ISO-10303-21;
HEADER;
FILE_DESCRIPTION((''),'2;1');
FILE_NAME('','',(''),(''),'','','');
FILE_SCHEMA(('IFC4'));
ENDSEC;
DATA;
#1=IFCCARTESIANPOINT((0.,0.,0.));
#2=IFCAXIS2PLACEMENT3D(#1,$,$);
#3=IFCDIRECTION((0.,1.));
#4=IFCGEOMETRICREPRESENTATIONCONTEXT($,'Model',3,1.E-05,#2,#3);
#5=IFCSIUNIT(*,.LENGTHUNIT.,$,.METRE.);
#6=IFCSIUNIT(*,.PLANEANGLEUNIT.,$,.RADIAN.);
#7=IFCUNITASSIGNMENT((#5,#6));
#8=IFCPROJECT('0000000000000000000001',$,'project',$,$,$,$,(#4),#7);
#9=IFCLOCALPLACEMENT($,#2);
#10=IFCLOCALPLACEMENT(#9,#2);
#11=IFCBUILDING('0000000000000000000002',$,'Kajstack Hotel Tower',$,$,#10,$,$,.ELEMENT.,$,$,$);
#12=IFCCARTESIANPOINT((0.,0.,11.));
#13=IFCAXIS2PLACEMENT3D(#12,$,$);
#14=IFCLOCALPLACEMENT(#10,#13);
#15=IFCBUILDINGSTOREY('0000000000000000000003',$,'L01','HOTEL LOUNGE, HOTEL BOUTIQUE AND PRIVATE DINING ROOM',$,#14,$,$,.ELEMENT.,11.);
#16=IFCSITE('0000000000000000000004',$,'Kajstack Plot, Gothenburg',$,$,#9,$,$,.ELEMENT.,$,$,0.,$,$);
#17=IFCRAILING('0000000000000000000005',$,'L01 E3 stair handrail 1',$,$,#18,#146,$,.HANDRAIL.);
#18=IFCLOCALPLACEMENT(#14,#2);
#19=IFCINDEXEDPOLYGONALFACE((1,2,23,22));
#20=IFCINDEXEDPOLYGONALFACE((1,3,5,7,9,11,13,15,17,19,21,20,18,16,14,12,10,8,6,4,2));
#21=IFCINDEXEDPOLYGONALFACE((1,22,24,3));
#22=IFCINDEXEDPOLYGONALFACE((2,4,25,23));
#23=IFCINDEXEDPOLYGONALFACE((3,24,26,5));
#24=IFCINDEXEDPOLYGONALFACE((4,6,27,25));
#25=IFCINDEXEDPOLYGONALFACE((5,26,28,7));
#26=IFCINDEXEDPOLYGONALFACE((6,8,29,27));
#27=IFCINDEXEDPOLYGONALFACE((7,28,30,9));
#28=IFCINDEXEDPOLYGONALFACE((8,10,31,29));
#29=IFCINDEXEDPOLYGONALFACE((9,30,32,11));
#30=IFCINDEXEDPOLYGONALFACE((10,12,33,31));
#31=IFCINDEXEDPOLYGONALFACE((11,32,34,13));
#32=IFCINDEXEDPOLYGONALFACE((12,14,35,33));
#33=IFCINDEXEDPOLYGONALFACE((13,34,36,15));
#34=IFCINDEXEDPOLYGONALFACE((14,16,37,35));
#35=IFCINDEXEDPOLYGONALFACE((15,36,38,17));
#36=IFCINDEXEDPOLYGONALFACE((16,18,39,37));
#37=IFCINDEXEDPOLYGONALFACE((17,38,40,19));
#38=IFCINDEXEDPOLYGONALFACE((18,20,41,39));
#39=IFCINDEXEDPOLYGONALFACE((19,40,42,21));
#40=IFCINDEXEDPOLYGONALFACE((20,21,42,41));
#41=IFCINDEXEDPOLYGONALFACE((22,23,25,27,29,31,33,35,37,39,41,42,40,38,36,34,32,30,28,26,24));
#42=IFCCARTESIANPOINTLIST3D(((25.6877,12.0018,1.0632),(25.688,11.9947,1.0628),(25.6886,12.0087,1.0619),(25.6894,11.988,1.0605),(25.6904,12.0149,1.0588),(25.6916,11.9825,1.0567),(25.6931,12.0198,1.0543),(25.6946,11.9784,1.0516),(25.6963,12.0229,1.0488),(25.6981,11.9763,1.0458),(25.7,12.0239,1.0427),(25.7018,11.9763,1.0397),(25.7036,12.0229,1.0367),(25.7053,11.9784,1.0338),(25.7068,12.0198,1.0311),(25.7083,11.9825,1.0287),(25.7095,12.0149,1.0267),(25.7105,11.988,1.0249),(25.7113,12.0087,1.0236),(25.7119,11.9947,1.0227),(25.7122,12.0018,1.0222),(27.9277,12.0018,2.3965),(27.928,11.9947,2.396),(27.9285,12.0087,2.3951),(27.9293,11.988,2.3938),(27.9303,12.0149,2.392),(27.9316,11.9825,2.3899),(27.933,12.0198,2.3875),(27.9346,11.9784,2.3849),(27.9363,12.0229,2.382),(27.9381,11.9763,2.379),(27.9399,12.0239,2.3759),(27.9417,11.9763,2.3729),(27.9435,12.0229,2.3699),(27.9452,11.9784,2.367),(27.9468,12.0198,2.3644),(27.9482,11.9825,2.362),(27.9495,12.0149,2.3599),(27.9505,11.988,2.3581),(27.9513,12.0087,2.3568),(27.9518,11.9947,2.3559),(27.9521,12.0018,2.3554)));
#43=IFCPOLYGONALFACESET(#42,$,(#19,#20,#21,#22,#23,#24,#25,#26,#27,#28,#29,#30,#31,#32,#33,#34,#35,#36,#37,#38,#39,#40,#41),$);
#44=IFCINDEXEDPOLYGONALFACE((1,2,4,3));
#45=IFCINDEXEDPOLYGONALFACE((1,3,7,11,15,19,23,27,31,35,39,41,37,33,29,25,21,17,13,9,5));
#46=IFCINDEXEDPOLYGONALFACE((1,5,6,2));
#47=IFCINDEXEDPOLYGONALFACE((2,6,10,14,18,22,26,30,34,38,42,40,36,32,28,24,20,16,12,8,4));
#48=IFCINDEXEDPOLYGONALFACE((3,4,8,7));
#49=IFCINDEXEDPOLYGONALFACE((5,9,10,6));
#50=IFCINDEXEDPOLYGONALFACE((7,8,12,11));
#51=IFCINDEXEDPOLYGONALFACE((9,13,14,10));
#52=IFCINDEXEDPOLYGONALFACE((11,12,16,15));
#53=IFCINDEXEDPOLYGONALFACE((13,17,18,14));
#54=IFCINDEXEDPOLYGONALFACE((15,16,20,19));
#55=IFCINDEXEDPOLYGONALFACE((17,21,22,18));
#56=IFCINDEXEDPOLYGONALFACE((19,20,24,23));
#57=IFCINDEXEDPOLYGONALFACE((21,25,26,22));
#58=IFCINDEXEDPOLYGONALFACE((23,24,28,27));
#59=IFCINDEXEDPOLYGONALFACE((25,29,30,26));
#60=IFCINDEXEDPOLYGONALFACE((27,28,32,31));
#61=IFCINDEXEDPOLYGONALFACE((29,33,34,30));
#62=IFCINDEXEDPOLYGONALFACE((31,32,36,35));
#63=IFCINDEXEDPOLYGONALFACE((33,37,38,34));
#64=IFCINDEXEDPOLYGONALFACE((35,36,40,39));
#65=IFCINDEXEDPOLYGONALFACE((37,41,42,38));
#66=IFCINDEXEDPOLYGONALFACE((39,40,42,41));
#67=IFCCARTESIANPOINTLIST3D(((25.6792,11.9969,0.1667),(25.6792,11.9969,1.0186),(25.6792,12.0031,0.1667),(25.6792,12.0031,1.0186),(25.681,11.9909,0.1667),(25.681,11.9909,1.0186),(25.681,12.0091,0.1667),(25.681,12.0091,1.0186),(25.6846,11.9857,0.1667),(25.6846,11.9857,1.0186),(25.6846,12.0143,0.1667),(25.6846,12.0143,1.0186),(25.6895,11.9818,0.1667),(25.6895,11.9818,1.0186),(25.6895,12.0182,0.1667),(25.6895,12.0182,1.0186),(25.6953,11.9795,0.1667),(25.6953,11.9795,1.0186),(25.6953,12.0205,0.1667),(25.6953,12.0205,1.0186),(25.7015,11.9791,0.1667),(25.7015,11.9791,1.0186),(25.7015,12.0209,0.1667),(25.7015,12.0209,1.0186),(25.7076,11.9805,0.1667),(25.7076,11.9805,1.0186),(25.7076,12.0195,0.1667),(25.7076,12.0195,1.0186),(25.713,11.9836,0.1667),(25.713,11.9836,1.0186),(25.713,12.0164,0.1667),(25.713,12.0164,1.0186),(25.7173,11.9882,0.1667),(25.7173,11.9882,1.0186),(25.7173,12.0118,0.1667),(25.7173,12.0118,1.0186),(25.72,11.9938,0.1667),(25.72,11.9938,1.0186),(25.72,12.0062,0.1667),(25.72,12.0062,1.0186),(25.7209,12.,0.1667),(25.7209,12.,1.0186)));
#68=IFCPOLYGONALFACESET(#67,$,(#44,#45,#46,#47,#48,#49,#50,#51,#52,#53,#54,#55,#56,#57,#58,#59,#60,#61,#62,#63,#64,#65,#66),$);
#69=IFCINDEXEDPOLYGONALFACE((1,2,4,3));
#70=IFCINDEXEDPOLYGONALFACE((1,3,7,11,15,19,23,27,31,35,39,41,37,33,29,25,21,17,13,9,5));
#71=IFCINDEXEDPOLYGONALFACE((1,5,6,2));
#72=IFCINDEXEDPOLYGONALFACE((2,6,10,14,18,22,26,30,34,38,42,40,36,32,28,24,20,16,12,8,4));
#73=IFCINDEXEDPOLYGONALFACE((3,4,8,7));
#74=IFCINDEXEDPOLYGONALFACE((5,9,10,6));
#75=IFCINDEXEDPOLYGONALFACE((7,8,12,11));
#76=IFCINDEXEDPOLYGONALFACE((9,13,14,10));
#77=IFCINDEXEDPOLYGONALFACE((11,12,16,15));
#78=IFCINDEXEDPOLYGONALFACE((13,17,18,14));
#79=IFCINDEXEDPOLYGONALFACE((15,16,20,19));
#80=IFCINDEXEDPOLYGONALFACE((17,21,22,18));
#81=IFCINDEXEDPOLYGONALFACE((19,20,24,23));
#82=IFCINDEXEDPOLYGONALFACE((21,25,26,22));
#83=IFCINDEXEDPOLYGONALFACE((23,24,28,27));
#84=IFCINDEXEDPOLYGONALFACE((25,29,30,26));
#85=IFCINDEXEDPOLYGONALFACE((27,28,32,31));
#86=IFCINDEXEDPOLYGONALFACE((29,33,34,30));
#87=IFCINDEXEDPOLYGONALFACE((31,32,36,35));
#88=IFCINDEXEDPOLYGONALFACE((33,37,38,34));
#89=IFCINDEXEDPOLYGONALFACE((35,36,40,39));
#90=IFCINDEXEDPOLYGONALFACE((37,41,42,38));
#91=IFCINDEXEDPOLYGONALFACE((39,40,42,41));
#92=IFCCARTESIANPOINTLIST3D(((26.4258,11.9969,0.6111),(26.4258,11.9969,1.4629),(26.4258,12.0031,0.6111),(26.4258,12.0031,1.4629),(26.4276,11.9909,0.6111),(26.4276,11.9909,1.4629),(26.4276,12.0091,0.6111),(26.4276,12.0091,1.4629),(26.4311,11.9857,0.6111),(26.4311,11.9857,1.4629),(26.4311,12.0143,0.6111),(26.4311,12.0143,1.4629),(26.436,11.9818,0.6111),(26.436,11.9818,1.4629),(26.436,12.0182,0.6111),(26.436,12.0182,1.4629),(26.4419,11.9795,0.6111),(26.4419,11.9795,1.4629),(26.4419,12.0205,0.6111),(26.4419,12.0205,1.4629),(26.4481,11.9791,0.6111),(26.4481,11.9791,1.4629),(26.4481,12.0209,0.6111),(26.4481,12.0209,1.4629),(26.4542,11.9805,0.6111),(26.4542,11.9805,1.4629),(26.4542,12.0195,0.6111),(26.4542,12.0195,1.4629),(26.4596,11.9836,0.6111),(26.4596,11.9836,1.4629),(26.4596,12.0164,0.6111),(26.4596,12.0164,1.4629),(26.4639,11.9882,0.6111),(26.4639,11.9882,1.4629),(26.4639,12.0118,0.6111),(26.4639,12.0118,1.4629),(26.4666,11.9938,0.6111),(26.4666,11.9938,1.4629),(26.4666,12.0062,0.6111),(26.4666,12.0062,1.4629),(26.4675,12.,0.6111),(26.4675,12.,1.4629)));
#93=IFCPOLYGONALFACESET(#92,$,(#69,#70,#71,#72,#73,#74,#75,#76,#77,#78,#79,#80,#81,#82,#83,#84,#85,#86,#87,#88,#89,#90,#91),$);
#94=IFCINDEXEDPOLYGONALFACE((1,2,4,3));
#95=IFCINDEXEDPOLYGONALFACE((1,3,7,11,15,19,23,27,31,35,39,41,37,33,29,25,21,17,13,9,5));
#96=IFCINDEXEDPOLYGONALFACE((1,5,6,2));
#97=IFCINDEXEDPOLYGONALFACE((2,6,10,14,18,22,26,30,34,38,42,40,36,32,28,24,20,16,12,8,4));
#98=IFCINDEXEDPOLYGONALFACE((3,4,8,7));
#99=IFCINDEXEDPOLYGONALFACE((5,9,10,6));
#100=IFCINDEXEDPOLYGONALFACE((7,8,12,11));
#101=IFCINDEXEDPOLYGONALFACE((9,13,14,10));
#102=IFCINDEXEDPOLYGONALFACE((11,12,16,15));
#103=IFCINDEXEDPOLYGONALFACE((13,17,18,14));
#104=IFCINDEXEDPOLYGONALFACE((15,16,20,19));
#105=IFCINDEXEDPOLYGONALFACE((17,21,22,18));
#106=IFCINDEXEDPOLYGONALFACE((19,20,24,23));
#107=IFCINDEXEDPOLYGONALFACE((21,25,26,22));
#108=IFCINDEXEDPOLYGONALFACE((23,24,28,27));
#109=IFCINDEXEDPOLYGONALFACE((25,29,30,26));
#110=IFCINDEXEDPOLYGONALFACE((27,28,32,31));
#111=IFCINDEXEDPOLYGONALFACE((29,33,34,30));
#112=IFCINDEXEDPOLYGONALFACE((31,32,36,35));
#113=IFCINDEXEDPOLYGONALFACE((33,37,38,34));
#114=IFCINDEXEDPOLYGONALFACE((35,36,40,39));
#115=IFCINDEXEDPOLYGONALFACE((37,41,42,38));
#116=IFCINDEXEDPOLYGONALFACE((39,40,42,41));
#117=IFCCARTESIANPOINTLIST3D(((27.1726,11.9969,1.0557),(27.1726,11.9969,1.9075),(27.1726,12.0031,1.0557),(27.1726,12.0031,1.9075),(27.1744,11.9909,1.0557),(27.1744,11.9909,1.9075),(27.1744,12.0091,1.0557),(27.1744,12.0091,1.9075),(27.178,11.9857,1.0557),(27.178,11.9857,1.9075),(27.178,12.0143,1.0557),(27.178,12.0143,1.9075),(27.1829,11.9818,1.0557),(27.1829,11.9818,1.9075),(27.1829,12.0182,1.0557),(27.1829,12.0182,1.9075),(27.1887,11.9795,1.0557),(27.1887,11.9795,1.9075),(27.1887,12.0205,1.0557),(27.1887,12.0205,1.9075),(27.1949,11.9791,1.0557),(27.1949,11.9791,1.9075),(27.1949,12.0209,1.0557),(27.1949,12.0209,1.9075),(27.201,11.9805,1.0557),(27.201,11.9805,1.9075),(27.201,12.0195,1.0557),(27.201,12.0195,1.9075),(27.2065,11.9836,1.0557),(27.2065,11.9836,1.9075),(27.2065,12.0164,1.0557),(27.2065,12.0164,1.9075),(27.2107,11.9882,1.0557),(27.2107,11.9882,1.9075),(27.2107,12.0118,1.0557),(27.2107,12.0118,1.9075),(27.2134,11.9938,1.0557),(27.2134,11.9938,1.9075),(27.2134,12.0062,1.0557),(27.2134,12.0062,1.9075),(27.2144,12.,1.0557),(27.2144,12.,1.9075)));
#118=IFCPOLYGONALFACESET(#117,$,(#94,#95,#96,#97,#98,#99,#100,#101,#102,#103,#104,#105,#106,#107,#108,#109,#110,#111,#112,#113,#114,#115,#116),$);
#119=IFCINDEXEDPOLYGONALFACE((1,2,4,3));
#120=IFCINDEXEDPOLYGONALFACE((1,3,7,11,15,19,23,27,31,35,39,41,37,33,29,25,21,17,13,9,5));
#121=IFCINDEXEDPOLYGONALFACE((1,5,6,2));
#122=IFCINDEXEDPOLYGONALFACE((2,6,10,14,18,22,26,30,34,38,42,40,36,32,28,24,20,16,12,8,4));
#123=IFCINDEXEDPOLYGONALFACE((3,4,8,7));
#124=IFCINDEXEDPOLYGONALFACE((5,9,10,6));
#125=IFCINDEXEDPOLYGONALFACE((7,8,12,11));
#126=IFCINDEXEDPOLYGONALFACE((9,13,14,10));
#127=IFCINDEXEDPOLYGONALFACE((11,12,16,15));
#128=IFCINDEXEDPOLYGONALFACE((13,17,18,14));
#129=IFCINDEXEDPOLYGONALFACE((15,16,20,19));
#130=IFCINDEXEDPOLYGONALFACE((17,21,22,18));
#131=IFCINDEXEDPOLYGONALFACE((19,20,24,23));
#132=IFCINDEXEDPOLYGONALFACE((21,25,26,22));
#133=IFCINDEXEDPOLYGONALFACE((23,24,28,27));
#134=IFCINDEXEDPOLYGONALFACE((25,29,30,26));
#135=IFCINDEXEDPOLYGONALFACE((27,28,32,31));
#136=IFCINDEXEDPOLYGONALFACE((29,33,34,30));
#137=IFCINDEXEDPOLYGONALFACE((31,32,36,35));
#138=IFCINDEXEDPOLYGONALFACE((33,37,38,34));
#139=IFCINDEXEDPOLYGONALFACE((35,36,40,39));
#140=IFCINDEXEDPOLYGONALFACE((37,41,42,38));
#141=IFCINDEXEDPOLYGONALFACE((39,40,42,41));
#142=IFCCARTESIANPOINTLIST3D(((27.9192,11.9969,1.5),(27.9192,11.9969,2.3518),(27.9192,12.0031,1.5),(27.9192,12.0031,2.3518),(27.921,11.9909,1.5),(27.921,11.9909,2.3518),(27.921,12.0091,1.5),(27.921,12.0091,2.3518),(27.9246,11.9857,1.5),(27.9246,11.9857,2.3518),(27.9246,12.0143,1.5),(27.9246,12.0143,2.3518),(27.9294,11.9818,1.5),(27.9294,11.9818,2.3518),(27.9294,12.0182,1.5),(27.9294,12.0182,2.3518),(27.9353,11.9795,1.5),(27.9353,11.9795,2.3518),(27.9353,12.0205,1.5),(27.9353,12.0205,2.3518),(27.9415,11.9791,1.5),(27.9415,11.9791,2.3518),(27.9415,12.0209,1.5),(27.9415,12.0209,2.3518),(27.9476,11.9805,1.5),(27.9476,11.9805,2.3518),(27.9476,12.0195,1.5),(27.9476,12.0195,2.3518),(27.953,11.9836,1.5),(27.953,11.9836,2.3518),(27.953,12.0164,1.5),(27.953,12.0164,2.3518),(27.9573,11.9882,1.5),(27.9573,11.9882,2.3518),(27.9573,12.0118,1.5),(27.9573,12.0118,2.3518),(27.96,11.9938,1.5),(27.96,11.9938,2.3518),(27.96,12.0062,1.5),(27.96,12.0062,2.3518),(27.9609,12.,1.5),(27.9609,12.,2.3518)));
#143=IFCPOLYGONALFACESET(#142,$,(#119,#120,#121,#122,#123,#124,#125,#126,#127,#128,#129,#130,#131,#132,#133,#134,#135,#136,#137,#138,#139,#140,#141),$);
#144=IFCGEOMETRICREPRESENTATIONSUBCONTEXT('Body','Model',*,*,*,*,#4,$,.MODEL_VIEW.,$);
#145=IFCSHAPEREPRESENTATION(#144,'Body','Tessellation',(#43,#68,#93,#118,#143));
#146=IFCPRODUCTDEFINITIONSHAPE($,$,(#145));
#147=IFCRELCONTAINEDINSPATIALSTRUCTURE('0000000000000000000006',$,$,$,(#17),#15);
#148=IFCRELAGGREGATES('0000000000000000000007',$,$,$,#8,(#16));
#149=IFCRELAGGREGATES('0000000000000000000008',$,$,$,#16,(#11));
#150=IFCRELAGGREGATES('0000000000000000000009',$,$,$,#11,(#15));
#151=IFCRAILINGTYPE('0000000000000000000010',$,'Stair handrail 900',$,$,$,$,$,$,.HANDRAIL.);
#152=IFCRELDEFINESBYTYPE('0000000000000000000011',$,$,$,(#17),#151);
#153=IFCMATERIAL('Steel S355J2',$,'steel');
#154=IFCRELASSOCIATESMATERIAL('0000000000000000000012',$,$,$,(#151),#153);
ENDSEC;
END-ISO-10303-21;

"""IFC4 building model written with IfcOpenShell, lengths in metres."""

from ifc_helpers import new_model, si_unit, direction, frame, origin, origin_2d, place, context, subcontext, project, spatial, circle, extrude, material, type_object, element, save


model = new_model("IFC4")

# Units and contexts
model_context = context("Model", 3, precision=1e-05, world=origin(), true_north=direction((0.0, 1.0)))
body_context = subcontext(model_context, "Body", "Model", "MODEL_VIEW")
ifc_project = project(units=[si_unit("LENGTHUNIT", "METRE"), si_unit("PLANEANGLEUNIT", "RADIAN")], contexts=[model_context])

# Site, building, storey
site_placement = place(None, origin())
site = spatial("IfcSite", under=ifc_project, at=site_placement, Name="Kajstack Plot, Gothenburg", CompositionType="ELEMENT", RefElevation=0.0)
building_placement = place(site_placement, origin())
building = spatial("IfcBuilding", under=site, at=building_placement, Name="Kajstack Hotel Tower", CompositionType="ELEMENT")
storey_placement = place(building_placement, frame((0.0, 0.0, 11.0)))
storey = spatial("IfcBuildingStorey", under=building, at=storey_placement, Name="L01", Description="HOTEL LOUNGE, HOTEL BOUTIQUE AND PRIVATE DINING ROOM", CompositionType="ELEMENT", Elevation=11.0)

# Railing
ifc_material_1 = material(Name="Steel S355J2", Category="steel")
railing_type_1 = type_object("IfcRailingType", Name="Stair handrail 900", PredefinedType="HANDRAIL", material=ifc_material_1)
railing_1_placement = place(storey_placement, frame((25.7, 12.0, 0.1667)))
element("IfcRailing", 1, at=railing_1_placement, inside=storey, type_object=railing_type_1, Name="L01 E3 stair handrail 1", PredefinedType="HANDRAIL", context=body_context, shape_type="SweptSolid", body=[
    extrude(circle(Radius=0.0239, at=origin_2d()), frame((0.0, 0.0, 0.876), z_axis=(0.859306, 0.0, 0.511462), x_axis=(0.0, 1.0, 0.0)), (0.0, 0.0, 1.0), 2.6067),
    extrude(circle(Radius=0.021, at=origin_2d()), origin(), (0.0, 0.0, 1.0), 0.8518),
    extrude(circle(Radius=0.021, at=origin_2d()), frame((0.7466, 0.0, 0.4443)), (0.0, 0.0, 1.0), 0.8518),
    extrude(circle(Radius=0.021, at=origin_2d()), frame((1.4934, 0.0, 0.8889)), (0.0, 0.0, 1.0), 0.8518),
    extrude(circle(Radius=0.021, at=origin_2d()), frame((2.24, 0.0, 1.3333)), (0.0, 0.0, 1.0), 0.8518),
])

save(model, "model.ifc")
